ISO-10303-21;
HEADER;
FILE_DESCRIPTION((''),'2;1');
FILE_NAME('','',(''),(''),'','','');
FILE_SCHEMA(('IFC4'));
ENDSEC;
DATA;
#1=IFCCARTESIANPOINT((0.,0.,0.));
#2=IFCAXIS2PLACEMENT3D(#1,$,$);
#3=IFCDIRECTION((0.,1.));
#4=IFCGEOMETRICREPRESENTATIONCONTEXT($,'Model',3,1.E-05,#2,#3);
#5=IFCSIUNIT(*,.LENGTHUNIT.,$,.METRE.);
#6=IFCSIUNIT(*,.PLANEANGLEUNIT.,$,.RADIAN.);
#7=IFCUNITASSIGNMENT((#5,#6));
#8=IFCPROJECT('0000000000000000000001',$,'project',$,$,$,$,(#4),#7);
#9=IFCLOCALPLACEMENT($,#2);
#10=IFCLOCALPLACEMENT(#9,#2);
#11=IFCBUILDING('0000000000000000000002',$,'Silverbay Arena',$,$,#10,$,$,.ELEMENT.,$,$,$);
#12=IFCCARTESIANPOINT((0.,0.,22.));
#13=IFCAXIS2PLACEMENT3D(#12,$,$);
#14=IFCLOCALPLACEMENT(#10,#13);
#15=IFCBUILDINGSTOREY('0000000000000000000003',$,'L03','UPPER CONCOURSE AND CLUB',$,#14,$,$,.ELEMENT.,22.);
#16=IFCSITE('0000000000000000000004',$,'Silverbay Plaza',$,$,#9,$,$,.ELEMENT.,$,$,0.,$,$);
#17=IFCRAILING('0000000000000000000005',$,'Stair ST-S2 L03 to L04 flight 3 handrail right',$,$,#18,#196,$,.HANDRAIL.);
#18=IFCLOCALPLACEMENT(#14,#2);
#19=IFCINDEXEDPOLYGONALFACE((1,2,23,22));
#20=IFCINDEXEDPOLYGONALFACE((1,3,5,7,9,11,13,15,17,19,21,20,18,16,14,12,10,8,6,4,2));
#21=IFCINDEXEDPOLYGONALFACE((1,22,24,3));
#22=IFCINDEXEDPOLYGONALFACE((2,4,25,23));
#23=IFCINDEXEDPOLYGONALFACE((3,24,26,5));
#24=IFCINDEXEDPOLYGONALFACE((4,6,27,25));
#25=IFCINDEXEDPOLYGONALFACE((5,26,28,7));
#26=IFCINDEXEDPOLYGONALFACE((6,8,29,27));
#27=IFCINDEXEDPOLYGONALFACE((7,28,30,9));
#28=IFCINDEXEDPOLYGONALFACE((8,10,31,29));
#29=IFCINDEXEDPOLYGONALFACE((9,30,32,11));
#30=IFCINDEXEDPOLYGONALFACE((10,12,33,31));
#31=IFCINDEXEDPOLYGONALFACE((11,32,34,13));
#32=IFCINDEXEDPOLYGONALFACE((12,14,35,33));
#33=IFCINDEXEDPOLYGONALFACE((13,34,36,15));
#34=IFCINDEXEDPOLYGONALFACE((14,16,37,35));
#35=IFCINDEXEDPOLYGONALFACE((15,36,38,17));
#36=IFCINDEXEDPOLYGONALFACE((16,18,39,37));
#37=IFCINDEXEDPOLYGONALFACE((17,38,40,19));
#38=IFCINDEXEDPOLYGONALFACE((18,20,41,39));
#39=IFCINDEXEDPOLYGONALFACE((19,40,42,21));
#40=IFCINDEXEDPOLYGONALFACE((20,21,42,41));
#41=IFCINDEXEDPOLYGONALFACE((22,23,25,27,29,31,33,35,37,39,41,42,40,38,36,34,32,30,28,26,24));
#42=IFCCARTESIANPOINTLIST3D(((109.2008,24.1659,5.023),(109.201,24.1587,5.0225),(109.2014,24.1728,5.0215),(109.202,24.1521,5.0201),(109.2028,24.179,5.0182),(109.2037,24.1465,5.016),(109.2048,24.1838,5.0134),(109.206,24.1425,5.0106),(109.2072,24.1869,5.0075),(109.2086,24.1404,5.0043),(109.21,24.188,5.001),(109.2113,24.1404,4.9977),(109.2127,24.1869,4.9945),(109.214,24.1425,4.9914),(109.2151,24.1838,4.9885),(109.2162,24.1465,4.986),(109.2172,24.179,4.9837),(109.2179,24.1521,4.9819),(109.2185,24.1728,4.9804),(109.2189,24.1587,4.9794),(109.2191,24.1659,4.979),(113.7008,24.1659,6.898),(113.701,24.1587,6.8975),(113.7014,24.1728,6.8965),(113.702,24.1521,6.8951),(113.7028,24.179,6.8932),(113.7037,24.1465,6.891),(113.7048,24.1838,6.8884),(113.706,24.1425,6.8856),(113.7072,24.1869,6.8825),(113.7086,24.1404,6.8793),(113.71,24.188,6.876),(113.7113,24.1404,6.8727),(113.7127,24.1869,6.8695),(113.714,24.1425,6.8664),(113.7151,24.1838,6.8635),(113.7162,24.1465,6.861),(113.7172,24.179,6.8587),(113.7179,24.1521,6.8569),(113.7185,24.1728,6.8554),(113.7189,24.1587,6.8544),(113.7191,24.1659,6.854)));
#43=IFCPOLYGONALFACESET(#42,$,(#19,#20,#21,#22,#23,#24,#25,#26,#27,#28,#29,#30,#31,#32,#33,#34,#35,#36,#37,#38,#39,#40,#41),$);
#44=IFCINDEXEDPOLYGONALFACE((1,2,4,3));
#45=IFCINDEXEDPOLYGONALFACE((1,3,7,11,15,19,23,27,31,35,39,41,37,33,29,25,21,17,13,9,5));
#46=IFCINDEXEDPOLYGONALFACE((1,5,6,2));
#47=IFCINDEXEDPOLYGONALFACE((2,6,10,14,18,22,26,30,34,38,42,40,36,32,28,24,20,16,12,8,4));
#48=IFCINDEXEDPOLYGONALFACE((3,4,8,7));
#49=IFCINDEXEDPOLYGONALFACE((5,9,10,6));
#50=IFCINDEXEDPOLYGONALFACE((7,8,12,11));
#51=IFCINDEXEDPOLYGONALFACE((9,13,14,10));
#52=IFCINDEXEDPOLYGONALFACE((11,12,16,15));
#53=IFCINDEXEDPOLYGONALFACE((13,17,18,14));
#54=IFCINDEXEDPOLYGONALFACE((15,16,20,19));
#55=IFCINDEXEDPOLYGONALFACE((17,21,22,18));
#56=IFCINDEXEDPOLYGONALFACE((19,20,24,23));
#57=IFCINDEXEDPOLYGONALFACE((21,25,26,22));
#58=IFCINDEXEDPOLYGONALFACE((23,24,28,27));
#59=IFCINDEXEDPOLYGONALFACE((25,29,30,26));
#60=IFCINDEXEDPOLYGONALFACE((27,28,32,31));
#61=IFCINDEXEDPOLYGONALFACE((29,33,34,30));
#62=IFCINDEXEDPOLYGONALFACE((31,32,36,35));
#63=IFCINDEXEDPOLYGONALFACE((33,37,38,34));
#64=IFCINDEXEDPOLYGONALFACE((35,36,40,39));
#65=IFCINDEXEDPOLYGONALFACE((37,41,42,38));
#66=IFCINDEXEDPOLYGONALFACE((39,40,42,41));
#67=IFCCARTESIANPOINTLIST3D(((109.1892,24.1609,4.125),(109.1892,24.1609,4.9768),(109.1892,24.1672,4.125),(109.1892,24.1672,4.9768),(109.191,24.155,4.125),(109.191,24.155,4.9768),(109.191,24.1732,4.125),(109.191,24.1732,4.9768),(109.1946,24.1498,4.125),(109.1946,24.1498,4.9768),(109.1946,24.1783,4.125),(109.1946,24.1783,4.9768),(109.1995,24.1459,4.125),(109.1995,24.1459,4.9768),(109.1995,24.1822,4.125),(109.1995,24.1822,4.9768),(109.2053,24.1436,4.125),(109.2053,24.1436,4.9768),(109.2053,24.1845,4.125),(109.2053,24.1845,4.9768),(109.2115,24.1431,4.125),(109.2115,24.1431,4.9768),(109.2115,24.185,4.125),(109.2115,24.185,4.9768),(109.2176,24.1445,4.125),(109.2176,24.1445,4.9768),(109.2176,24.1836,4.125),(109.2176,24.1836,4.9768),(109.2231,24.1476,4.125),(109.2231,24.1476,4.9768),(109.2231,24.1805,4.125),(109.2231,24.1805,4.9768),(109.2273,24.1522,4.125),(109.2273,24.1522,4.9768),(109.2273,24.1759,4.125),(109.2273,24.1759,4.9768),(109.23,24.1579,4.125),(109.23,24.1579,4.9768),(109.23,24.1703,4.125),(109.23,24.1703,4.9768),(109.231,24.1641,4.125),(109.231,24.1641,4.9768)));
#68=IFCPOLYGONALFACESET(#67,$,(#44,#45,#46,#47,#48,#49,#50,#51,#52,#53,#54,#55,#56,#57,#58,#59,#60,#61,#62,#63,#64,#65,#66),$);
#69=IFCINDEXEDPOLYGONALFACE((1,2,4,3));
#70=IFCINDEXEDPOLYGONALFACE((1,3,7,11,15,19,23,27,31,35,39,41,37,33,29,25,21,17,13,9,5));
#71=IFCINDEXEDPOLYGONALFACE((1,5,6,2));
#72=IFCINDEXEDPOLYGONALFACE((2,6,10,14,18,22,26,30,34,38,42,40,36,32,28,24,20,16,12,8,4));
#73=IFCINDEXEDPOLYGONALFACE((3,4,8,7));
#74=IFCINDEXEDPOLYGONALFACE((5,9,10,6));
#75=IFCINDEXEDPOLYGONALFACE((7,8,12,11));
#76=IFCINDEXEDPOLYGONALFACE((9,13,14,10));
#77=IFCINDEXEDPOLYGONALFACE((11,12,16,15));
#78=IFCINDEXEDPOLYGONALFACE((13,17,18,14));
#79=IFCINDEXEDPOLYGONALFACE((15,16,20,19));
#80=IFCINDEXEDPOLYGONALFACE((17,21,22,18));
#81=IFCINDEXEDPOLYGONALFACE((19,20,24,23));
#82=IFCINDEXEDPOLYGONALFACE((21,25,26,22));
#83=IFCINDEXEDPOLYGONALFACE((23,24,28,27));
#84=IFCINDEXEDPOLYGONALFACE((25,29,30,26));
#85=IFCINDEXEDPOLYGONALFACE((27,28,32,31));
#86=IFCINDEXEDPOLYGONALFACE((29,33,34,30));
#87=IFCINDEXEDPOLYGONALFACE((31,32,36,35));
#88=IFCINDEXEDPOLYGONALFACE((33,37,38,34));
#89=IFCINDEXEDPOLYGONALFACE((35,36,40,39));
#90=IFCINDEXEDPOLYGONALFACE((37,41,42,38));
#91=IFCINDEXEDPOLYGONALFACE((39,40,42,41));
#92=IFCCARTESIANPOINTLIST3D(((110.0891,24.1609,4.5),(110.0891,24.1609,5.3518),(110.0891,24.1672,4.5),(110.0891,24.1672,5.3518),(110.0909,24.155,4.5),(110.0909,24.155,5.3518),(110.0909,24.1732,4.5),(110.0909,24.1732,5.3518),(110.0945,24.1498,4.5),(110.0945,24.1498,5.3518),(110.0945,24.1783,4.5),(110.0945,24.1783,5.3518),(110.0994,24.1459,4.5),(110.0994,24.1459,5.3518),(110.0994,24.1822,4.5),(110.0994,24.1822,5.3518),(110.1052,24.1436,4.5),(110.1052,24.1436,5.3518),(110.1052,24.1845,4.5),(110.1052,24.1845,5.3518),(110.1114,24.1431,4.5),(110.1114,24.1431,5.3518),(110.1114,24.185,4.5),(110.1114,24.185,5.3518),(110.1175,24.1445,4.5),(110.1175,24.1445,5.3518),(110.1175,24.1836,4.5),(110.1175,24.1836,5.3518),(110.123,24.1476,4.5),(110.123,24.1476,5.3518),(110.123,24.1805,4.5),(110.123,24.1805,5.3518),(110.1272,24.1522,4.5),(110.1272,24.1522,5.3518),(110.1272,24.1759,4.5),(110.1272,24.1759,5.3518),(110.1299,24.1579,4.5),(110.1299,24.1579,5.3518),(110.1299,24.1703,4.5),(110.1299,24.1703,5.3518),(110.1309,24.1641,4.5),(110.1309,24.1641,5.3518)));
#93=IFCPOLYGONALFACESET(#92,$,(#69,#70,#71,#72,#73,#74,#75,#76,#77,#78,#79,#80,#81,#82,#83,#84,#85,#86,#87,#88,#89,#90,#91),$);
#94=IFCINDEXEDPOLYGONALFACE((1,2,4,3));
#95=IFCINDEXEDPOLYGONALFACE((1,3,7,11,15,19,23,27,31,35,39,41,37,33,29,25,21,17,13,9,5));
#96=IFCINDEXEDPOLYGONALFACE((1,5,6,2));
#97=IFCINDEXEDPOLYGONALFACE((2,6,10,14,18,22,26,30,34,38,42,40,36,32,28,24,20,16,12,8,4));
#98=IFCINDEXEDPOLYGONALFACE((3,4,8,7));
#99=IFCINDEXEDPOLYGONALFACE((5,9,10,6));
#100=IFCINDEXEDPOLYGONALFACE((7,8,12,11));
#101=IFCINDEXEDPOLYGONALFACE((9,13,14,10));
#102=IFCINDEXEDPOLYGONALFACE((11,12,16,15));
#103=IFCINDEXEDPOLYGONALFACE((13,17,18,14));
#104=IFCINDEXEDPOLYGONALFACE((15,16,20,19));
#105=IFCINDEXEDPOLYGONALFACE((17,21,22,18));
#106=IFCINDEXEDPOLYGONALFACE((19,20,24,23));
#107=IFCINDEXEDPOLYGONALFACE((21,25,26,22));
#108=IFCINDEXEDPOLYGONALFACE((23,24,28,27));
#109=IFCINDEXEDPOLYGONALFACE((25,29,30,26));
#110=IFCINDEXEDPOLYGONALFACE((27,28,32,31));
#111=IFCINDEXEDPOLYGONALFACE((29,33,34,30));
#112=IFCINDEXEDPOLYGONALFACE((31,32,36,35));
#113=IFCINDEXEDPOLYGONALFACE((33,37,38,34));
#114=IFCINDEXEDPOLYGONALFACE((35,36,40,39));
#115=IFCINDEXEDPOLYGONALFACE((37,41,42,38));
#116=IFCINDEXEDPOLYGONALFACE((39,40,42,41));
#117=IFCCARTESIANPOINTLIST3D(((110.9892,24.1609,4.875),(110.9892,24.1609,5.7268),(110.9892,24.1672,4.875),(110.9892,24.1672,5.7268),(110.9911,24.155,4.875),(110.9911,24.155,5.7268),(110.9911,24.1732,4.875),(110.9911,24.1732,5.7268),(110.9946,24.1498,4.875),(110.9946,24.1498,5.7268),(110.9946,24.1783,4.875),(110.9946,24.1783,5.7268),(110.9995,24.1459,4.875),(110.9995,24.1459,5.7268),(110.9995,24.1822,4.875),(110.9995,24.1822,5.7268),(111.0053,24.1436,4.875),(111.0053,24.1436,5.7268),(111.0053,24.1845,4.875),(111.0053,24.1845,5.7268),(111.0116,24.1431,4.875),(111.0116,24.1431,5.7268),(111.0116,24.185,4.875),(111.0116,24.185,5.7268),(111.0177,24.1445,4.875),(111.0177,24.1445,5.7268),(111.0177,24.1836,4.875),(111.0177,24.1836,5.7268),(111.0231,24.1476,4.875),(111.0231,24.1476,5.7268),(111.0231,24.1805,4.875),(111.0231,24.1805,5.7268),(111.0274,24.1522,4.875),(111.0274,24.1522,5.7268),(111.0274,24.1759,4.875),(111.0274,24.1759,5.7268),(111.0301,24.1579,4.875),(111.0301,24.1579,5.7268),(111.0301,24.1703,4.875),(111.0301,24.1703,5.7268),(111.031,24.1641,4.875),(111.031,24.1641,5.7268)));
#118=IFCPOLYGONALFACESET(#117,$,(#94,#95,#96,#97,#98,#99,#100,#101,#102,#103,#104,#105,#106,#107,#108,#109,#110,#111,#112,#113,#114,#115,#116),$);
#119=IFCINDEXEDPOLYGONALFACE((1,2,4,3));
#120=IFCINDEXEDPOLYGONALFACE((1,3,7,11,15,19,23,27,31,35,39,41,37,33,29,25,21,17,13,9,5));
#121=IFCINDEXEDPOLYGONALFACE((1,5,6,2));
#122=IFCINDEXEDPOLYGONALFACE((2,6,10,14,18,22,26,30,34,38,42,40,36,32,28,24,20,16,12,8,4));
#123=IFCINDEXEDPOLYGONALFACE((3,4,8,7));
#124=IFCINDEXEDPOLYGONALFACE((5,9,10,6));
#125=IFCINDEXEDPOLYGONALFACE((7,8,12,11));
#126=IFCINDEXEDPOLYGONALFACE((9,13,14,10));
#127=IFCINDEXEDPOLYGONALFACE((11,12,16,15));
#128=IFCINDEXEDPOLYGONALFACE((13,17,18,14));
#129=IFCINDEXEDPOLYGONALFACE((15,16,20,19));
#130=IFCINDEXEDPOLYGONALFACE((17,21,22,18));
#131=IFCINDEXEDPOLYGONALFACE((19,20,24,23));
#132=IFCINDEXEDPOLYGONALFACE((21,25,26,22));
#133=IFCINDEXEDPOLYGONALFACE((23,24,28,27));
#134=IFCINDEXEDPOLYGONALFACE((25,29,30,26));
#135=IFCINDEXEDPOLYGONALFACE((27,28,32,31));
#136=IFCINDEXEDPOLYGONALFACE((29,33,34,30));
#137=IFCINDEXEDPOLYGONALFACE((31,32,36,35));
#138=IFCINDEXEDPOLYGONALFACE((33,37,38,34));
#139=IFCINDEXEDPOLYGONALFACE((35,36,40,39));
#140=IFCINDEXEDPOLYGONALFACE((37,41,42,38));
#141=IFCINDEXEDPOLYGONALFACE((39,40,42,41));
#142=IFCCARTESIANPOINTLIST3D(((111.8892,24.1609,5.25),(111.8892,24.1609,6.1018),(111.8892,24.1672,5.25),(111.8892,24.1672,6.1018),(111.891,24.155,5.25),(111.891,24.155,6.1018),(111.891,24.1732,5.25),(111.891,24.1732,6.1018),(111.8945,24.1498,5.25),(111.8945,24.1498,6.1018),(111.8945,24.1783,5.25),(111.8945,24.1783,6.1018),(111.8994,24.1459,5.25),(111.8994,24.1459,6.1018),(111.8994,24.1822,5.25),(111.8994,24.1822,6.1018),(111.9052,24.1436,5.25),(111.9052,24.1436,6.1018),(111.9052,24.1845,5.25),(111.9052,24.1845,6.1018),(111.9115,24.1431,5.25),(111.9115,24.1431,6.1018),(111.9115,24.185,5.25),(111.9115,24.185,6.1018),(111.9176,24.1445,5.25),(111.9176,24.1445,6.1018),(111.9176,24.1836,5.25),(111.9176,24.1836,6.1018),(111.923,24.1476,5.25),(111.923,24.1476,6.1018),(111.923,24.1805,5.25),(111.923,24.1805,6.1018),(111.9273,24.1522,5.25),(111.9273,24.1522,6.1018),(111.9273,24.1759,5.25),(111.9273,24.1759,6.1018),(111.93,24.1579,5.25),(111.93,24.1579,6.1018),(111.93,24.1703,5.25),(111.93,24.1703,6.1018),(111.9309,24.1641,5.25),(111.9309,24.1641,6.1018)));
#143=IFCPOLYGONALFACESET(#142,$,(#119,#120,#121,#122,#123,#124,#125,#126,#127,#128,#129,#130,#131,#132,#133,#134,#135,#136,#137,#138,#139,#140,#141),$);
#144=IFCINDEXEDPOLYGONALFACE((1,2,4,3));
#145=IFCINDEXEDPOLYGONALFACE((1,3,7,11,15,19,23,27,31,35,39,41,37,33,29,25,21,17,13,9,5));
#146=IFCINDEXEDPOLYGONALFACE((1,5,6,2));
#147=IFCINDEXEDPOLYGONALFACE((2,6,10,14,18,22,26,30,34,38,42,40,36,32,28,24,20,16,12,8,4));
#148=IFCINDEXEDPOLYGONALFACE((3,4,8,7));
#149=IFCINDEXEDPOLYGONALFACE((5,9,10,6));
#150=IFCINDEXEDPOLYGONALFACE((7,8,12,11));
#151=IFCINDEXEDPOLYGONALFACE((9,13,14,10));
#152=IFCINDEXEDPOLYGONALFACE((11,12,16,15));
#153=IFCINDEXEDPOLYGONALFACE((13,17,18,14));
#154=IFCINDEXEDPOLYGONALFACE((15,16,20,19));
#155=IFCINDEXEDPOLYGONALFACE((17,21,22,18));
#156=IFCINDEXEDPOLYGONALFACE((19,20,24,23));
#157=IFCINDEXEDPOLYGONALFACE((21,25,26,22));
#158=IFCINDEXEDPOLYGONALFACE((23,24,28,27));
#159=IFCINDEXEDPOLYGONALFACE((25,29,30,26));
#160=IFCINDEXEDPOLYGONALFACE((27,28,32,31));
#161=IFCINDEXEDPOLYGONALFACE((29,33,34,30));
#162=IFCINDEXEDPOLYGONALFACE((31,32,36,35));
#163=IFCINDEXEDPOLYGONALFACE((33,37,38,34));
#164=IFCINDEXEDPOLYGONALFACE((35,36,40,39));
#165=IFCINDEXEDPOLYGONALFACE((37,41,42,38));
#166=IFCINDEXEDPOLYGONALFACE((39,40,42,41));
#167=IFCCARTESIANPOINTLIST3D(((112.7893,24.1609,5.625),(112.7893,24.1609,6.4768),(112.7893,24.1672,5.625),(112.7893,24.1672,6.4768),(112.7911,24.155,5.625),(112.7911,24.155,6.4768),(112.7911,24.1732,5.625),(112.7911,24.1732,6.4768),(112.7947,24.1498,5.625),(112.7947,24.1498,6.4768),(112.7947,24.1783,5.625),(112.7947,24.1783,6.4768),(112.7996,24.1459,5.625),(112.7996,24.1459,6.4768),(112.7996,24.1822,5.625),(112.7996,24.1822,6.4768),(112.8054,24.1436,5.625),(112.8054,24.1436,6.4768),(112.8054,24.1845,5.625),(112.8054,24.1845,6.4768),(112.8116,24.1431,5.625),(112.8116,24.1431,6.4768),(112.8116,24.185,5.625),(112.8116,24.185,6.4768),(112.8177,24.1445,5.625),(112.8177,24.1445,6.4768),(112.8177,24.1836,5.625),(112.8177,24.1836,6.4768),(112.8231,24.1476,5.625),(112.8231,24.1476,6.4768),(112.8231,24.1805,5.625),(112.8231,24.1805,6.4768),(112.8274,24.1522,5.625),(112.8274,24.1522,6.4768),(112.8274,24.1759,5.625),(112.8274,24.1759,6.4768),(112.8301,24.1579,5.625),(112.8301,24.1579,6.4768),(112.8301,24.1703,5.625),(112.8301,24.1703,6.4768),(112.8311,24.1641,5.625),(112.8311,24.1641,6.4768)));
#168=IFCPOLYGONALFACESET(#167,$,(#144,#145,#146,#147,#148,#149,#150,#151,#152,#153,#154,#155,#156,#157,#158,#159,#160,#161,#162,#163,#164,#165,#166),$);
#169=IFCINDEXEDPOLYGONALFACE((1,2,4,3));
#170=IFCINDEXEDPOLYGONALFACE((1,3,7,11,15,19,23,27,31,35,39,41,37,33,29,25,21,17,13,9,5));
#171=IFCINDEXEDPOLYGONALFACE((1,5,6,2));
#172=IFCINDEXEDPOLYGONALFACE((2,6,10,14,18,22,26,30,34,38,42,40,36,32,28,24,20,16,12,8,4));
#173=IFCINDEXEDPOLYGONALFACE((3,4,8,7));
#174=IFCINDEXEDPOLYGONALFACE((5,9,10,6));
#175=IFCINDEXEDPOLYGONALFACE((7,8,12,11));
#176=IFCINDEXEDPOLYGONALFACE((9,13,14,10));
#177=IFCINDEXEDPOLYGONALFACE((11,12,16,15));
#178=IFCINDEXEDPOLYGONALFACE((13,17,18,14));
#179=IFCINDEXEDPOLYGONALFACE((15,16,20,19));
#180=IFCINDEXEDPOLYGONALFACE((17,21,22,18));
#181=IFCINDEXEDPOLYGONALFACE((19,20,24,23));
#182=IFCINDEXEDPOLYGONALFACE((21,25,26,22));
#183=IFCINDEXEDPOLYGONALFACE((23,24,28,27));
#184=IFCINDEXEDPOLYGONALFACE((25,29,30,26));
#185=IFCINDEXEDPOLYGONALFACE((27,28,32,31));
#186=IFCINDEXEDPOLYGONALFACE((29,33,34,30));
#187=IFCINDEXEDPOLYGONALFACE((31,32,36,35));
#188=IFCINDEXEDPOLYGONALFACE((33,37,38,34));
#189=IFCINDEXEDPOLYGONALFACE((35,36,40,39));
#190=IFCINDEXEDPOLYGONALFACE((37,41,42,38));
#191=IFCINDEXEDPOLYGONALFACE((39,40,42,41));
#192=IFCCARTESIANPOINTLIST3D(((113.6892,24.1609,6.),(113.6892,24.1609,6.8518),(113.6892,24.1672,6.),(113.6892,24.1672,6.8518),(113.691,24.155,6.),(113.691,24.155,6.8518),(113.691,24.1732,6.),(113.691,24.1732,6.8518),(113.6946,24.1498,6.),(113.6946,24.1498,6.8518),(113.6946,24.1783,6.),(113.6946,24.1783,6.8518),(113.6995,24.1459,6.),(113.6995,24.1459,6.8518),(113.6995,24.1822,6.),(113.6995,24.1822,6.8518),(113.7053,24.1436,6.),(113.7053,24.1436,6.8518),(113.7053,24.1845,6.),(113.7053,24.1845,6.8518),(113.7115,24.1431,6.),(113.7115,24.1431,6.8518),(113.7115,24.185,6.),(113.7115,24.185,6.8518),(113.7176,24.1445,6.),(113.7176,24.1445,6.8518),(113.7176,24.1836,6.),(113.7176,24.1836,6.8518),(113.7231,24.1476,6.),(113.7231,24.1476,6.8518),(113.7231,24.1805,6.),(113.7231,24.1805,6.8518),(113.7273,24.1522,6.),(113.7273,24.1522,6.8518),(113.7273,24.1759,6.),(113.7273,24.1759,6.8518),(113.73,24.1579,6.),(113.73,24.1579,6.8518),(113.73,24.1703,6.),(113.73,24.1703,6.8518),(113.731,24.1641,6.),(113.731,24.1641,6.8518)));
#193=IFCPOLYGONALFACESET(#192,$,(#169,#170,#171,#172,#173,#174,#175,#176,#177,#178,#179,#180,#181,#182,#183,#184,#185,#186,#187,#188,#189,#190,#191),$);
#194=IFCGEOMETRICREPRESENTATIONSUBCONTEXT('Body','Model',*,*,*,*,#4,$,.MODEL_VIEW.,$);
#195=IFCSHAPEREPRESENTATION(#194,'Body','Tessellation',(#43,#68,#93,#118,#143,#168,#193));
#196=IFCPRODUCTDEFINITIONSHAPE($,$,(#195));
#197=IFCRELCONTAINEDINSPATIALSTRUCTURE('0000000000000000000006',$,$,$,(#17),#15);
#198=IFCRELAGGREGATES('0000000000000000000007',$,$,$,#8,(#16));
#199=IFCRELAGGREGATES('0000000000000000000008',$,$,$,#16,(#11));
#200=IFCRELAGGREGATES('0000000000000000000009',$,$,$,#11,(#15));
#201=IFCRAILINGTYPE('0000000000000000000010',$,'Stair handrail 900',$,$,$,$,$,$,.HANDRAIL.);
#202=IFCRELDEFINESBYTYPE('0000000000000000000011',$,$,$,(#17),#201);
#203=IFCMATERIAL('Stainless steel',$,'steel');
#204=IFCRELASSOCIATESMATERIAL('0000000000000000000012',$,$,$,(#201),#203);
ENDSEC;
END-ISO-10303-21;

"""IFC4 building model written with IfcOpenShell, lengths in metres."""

from ifc_helpers import new_model, si_unit, direction, frame, origin, origin_2d, place, context, subcontext, project, spatial, circle, extrude, material, type_object, element, save


model = new_model("IFC4")

# Units and contexts
model_context = context("Model", 3, precision=1e-05, world=origin(), true_north=direction((0.0, 1.0)))
body_context = subcontext(model_context, "Body", "Model", "MODEL_VIEW")
ifc_project = project(units=[si_unit("LENGTHUNIT", "METRE"), si_unit("PLANEANGLEUNIT", "RADIAN")], contexts=[model_context])

# Site, building, storey
site_placement = place(None, origin())
site = spatial("IfcSite", under=ifc_project, at=site_placement, Name="Silverbay Plaza", CompositionType="ELEMENT", RefElevation=0.0)
building_placement = place(site_placement, origin())
building = spatial("IfcBuilding", under=site, at=building_placement, Name="Silverbay Arena", CompositionType="ELEMENT")
storey_placement = place(building_placement, frame((0.0, 0.0, 22.0)))
storey = spatial("IfcBuildingStorey", under=building, at=storey_placement, Name="L03", Description="UPPER CONCOURSE AND CLUB", CompositionType="ELEMENT", Elevation=22.0)

# Railing
ifc_material_1 = material(Name="Stainless steel", Category="steel")
railing_type_1 = type_object("IfcRailingType", Name="Stair handrail 900", PredefinedType="HANDRAIL", material=ifc_material_1)
for number, where, name in (
    (1, (109.21, 24.1641, 4.125), "Stair ST-S2 L03 to L04 flight 3 handrail right"),
):
    element("IfcRailing", number, at=place(storey_placement, frame(where)), inside=storey, type_object=railing_type_1, Name=name, PredefinedType="HANDRAIL", context=body_context, shape_type="SweptSolid", body=[
        extrude(circle(Radius=0.0239, at=origin_2d()), frame((0.0, 0.0, 0.876), z_axis=(0.923077, 0.0, 0.384615), x_axis=(0.0, 1.0, 0.0)), (0.0, 0.0, 1.0), 4.875),
        extrude(circle(Radius=0.021, at=origin_2d()), origin(), (0.0, 0.0, 1.0), 0.8518),
        extrude(circle(Radius=0.021, at=origin_2d()), frame((0.8999, 0.0, 0.375)), (0.0, 0.0, 1.0), 0.8518),
        extrude(circle(Radius=0.021, at=origin_2d()), frame((1.8, 0.0, 0.75)), (0.0, 0.0, 1.0), 0.8518),
        extrude(circle(Radius=0.021, at=origin_2d()), frame((2.7, 0.0, 1.125)), (0.0, 0.0, 1.0), 0.8518),
        extrude(circle(Radius=0.021, at=origin_2d()), frame((3.6001, 0.0, 1.5)), (0.0, 0.0, 1.0), 0.8518),
        extrude(circle(Radius=0.021, at=origin_2d()), frame((4.5, 0.0, 1.875)), (0.0, 0.0, 1.0), 0.8518),
    ])

save(model, "model.ifc")
